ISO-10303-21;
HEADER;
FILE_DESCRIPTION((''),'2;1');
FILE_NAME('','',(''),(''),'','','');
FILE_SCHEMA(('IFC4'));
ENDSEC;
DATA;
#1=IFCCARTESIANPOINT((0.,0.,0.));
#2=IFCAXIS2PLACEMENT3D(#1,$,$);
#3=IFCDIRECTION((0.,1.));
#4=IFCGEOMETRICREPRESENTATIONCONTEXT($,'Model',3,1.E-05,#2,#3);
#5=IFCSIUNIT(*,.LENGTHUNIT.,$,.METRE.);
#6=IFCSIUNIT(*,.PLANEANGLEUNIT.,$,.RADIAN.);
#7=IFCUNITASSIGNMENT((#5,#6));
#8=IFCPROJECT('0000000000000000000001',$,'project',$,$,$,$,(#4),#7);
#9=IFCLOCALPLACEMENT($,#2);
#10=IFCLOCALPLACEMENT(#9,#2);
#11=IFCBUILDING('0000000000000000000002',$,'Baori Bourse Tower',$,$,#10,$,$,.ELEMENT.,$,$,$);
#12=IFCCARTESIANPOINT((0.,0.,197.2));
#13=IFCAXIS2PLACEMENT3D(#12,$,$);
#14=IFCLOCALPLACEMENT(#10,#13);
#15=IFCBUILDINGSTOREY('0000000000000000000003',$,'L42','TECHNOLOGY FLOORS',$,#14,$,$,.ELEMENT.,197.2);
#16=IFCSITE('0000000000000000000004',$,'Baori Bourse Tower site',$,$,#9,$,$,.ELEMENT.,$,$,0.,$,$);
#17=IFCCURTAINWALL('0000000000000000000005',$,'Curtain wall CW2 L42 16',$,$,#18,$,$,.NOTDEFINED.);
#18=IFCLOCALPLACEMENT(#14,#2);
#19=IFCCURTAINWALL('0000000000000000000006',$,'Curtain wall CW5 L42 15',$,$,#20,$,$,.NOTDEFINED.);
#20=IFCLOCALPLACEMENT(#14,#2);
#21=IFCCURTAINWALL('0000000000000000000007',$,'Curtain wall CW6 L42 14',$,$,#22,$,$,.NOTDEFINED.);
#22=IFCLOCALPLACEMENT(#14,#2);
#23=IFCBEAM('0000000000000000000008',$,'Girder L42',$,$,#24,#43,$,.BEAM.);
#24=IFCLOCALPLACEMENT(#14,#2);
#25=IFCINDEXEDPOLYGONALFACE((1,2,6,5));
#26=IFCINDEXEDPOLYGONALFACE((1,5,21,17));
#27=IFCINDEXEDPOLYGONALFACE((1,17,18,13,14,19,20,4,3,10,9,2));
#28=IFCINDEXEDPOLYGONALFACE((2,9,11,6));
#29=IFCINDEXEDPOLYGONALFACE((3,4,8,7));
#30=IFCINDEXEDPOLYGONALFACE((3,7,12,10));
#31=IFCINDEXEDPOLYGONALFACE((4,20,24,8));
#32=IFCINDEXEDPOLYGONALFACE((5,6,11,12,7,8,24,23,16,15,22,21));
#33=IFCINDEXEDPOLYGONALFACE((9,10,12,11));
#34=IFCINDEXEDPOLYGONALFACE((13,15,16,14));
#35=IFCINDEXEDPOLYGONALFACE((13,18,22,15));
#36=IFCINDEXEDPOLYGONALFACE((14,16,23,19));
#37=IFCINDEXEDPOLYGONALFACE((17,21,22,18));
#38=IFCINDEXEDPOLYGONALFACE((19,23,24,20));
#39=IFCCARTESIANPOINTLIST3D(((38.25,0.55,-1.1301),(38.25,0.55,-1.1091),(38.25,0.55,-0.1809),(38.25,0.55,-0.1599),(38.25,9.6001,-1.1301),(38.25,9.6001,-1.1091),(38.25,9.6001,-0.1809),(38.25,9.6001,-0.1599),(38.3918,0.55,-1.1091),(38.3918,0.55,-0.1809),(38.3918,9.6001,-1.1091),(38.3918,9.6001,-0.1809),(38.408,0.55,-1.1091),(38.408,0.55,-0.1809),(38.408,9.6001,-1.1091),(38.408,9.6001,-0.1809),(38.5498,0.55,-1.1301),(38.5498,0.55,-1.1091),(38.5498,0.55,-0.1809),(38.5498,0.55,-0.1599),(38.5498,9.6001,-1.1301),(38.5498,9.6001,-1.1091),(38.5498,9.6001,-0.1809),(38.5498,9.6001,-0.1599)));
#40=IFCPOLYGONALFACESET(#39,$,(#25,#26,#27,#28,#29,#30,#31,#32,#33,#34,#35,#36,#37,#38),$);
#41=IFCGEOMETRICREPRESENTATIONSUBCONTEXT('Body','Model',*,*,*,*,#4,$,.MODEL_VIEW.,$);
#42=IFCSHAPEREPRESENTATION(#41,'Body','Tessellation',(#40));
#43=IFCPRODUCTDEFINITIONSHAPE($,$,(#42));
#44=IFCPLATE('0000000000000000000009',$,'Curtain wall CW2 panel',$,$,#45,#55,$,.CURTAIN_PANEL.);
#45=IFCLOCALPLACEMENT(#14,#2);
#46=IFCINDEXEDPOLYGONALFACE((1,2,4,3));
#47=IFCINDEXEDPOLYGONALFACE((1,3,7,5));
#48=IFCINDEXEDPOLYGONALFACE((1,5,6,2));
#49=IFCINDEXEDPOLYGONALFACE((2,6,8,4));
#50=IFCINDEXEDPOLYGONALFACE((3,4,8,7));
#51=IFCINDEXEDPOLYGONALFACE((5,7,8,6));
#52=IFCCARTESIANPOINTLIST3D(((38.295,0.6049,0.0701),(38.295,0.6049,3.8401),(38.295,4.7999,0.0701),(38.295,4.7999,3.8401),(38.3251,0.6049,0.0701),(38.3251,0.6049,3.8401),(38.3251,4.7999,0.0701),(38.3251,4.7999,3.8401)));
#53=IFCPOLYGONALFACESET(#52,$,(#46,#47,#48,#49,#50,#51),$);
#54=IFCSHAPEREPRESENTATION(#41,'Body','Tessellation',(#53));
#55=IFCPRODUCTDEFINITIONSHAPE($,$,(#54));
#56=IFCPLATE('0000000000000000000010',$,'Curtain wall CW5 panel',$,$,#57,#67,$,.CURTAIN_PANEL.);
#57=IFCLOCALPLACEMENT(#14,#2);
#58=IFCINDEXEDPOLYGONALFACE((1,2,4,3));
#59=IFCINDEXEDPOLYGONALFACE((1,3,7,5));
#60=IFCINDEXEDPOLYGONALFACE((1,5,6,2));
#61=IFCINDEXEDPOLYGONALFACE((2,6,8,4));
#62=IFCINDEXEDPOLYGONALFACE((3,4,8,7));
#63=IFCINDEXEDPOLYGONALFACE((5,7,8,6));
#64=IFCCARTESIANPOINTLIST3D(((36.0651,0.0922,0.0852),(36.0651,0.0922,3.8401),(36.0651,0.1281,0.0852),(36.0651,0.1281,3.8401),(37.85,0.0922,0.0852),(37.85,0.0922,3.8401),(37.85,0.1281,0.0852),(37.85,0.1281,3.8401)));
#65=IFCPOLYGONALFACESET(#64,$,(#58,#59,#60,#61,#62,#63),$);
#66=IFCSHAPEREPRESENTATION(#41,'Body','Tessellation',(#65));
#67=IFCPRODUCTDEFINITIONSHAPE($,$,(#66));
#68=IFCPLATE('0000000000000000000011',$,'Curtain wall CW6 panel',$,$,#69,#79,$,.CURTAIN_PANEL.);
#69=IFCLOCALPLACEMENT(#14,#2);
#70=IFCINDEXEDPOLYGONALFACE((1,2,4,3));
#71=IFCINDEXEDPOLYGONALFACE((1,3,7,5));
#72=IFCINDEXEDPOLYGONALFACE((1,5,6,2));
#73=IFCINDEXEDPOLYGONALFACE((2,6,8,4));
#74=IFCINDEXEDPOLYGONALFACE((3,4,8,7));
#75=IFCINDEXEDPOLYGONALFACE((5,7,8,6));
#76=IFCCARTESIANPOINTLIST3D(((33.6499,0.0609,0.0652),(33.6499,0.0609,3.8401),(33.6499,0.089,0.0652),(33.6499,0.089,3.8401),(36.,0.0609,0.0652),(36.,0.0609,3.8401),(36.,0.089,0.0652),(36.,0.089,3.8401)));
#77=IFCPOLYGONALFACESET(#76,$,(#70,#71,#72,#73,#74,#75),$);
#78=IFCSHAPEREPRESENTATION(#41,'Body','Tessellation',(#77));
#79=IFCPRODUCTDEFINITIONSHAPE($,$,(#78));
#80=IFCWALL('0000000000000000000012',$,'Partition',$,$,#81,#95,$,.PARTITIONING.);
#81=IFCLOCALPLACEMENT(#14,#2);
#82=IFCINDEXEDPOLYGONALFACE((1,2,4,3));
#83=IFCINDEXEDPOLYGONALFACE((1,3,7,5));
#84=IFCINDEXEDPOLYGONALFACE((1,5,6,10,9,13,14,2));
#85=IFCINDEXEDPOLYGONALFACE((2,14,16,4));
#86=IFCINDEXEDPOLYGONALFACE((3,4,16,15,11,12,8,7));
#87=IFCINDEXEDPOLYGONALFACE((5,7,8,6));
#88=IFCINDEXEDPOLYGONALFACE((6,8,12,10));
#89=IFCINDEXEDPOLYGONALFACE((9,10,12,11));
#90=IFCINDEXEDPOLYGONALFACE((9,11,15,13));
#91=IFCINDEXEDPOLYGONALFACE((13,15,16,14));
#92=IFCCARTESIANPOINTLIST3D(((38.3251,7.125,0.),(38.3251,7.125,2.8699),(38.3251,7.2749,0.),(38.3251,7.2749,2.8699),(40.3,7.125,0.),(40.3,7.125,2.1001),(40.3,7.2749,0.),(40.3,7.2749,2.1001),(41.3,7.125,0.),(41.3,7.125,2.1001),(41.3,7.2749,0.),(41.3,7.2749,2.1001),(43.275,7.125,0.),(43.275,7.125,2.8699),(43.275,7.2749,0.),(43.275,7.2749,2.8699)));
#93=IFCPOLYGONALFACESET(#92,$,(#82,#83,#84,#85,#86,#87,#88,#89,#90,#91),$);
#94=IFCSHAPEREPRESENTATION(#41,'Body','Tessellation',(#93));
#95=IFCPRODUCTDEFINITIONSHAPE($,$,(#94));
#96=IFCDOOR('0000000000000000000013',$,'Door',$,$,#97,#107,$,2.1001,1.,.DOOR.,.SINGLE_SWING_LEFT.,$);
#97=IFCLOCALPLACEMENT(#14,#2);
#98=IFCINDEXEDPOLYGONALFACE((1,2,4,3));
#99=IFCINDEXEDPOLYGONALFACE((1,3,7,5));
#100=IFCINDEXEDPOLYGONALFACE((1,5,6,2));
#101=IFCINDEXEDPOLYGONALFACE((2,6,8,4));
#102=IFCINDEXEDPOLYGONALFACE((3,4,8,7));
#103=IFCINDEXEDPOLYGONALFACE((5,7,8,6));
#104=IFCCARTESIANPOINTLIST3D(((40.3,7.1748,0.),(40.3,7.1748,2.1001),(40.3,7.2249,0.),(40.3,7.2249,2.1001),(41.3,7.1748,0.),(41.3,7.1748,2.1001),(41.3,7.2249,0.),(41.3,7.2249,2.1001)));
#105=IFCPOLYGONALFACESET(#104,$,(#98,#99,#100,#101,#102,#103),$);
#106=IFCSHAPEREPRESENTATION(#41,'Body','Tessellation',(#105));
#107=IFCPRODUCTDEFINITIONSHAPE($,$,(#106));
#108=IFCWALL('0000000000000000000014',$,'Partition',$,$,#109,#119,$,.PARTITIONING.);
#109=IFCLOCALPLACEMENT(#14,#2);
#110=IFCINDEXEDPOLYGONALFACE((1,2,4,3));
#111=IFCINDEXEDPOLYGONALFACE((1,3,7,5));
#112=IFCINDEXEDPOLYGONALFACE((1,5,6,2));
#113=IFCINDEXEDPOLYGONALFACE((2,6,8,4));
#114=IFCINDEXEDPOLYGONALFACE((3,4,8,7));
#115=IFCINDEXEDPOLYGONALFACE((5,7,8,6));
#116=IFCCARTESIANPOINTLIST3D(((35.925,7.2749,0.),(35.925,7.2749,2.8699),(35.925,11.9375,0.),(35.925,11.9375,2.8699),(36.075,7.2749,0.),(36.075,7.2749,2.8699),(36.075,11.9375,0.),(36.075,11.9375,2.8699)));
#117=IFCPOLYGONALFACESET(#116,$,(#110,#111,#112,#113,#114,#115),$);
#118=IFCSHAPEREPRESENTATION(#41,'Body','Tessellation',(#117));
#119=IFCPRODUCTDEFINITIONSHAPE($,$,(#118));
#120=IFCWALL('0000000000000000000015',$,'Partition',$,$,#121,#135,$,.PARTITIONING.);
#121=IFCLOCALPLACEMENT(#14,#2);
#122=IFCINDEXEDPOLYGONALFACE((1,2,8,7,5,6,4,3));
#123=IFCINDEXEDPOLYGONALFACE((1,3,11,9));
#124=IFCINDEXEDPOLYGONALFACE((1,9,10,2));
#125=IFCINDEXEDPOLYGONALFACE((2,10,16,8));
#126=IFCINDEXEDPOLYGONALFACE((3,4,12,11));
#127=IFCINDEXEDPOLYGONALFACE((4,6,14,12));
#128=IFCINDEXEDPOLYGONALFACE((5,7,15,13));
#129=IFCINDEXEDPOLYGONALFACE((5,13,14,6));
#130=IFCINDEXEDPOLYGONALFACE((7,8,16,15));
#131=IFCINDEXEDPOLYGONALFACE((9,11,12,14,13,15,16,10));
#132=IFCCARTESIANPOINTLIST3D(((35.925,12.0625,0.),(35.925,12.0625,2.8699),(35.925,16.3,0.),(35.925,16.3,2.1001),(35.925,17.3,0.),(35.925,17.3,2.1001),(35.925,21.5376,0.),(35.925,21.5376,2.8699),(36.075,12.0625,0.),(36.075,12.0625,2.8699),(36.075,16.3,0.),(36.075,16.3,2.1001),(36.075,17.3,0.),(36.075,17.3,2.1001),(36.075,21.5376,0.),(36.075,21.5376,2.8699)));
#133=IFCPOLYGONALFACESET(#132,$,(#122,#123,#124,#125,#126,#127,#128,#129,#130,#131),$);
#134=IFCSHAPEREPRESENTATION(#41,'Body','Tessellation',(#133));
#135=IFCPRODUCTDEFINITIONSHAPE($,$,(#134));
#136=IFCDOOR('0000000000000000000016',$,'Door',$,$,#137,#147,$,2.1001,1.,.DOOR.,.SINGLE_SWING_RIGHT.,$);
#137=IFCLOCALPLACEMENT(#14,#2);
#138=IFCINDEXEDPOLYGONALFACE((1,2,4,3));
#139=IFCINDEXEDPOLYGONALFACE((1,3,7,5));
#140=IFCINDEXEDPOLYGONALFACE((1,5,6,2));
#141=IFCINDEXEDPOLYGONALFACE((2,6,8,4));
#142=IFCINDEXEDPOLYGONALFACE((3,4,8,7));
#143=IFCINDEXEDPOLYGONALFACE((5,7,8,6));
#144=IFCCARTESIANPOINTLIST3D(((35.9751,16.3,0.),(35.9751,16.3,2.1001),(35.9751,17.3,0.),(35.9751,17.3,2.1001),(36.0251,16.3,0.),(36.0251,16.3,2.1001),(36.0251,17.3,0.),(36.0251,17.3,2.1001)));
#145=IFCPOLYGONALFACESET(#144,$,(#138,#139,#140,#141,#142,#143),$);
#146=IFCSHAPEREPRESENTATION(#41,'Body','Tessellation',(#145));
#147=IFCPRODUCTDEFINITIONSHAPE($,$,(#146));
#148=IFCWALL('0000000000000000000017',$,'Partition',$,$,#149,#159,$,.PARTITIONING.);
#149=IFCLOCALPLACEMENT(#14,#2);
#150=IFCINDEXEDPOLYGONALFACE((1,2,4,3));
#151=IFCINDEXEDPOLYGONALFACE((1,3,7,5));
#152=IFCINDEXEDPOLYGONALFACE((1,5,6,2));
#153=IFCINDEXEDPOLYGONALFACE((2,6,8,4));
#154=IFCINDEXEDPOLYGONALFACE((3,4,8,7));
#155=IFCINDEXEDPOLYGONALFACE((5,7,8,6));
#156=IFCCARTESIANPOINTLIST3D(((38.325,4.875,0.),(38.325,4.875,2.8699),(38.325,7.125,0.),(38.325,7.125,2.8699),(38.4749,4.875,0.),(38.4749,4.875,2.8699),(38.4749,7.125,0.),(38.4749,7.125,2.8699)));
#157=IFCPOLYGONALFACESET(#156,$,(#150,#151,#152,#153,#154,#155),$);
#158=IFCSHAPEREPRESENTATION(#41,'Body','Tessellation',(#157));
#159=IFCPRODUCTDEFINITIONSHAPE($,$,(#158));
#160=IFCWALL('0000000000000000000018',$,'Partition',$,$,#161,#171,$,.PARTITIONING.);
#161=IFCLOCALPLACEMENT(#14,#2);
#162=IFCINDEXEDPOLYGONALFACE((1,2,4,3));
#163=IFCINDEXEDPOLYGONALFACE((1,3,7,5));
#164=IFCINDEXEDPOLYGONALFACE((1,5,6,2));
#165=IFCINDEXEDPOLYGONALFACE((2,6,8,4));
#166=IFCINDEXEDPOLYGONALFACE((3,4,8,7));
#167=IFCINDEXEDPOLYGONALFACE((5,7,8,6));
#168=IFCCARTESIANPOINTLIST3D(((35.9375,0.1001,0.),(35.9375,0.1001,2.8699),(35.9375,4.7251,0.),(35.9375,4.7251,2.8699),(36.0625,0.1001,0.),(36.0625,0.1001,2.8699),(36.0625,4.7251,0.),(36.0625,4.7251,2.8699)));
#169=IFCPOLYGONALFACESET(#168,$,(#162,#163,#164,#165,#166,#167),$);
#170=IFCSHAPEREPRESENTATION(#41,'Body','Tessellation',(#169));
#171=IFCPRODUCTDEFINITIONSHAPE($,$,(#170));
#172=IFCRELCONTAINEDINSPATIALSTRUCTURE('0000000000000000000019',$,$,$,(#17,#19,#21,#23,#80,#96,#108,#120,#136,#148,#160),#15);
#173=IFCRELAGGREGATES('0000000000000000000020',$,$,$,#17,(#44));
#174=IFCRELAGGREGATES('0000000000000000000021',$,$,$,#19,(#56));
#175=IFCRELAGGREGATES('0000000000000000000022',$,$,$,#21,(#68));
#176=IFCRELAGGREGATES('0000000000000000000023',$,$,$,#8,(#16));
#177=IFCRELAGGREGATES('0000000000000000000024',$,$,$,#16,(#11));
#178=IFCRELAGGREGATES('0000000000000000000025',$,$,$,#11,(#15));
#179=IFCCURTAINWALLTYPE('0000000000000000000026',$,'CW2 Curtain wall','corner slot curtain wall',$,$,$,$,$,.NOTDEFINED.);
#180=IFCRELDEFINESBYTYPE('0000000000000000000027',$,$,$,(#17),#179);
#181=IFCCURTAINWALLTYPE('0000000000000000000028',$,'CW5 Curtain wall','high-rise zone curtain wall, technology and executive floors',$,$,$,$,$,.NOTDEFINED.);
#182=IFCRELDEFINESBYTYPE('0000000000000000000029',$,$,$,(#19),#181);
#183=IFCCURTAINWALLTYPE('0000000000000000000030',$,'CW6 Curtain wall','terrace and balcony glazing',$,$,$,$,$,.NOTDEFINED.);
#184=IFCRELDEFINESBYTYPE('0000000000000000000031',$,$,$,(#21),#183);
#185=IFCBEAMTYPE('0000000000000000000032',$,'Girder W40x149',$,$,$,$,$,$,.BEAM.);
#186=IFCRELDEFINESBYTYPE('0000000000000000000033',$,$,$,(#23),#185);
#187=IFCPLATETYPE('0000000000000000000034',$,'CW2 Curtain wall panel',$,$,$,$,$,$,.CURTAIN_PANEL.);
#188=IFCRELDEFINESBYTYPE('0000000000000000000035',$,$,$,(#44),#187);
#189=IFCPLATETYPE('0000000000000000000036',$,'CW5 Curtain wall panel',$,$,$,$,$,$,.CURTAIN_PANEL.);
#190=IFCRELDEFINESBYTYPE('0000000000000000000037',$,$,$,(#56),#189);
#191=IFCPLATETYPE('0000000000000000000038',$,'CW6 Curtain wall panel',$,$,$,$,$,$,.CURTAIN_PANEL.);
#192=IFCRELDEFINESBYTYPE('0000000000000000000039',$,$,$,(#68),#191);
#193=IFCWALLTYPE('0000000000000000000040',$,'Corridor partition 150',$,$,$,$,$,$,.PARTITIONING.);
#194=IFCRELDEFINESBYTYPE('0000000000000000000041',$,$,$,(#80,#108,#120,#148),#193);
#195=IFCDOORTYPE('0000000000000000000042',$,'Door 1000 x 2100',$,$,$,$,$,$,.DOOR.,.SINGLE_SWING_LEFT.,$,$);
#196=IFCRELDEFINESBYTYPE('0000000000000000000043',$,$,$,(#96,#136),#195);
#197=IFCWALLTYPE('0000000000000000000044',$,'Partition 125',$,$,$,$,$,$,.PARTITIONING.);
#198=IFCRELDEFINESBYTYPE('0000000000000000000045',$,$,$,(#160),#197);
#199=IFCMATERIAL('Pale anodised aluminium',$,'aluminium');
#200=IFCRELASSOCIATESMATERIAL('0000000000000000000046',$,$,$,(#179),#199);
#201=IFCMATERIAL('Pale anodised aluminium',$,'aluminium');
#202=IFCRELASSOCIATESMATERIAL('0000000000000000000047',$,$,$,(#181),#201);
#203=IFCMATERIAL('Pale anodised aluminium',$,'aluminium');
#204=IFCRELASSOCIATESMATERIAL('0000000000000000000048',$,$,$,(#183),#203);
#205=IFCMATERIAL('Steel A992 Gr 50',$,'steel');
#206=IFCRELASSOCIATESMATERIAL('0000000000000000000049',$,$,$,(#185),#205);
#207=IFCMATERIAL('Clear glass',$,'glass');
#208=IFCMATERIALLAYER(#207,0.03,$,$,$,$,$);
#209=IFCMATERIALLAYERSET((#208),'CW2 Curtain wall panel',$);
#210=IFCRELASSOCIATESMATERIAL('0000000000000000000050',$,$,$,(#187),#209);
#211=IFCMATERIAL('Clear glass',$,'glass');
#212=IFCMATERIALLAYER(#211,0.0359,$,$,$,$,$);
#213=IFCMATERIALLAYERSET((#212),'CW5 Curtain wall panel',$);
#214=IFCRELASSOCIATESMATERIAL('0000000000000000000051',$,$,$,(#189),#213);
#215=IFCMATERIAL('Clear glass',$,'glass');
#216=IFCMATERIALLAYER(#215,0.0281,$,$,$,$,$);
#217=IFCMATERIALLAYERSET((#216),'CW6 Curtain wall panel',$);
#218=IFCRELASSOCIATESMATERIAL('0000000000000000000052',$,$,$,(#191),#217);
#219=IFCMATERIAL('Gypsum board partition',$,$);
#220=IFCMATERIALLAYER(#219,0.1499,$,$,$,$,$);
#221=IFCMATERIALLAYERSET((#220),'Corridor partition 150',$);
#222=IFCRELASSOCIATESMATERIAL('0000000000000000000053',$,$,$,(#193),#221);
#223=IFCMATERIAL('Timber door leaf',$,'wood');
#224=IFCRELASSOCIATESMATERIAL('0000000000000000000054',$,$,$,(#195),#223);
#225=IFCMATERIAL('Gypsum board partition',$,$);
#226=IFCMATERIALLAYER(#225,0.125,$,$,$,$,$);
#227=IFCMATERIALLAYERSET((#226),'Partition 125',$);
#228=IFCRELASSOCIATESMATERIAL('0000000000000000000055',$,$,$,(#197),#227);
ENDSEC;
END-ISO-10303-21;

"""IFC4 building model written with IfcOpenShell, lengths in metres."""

from ifc_helpers import new_model, si_unit, direction, frame, frame_2d, origin, origin_2d, place, context, subcontext, project, spatial, rectangle, i_section, extrude, material, layer, layer_set, material_profile, profile_set, type_object, element, fill, aggregate, save


model = new_model("IFC4")

# Units and contexts
model_context = context("Model", 3, precision=1e-05, world=origin(), true_north=direction((0.0, 1.0)))
body_context = subcontext(model_context, "Body", "Model", "MODEL_VIEW")
ifc_project = project(units=[si_unit("LENGTHUNIT", "METRE"), si_unit("PLANEANGLEUNIT", "RADIAN")], contexts=[model_context])

# Site, building, storey
site_placement = place(None, origin())
site = spatial("IfcSite", under=ifc_project, at=site_placement, Name="Baori Bourse Tower site", CompositionType="ELEMENT", RefElevation=0.0)
building_placement = place(site_placement, origin())
building = spatial("IfcBuilding", under=site, at=building_placement, Name="Baori Bourse Tower", CompositionType="ELEMENT")
storey_placement = place(building_placement, frame((0.0, 0.0, 197.2)))
storey = spatial("IfcBuildingStorey", under=building, at=storey_placement, Name="L42", Description="TECHNOLOGY FLOORS", CompositionType="ELEMENT", Elevation=197.2)

# Curtain walls
ifc_material_1 = material(Name="Pale anodised aluminium", Category="aluminium")
curtain_wall_type_1 = type_object("IfcCurtainWallType", Name="CW2 Curtain wall", Description="corner slot curtain wall", PredefinedType="NOTDEFINED", material=ifc_material_1)
curtain_wall_1_placement = place(storey_placement, origin())
curtain_wall_1 = element("IfcCurtainWall", 1, at=curtain_wall_1_placement, inside=storey, type_object=curtain_wall_type_1, Name="Curtain wall CW2 L42 16", PredefinedType="NOTDEFINED")
ifc_material_2 = material(Name="Pale anodised aluminium", Category="aluminium")
curtain_wall_type_2 = type_object("IfcCurtainWallType", Name="CW5 Curtain wall", Description="high-rise zone curtain wall, technology and executive floors", PredefinedType="NOTDEFINED", material=ifc_material_2)
curtain_wall_2_placement = place(storey_placement, origin())
curtain_wall_2 = element("IfcCurtainWall", 2, at=curtain_wall_2_placement, inside=storey, type_object=curtain_wall_type_2, Name="Curtain wall CW5 L42 15", PredefinedType="NOTDEFINED")
ifc_material_3 = material(Name="Pale anodised aluminium", Category="aluminium")
curtain_wall_type_3 = type_object("IfcCurtainWallType", Name="CW6 Curtain wall", Description="terrace and balcony glazing", PredefinedType="NOTDEFINED", material=ifc_material_3)
curtain_wall_3_placement = place(storey_placement, origin())
curtain_wall_3 = element("IfcCurtainWall", 3, at=curtain_wall_3_placement, inside=storey, type_object=curtain_wall_type_3, Name="Curtain wall CW6 L42 14", PredefinedType="NOTDEFINED")

# Beam
ifc_material_4 = material(Name="Steel A992 Gr 50", Category="steel")
ifc_material_profile_1 = material_profile(ifc_material_4, i_section(OverallWidth=0.2998, OverallDepth=0.9702, WebThickness=0.0161, FlangeThickness=0.021, at=origin_2d()), Name="W40x149")
ifc_profile_set_1 = profile_set([ifc_material_profile_1], Name="Steel A992 Gr 50")
beam_type_1 = type_object("IfcBeamType", Name="Girder W40x149", PredefinedType="BEAM", material=ifc_profile_set_1)
beam_1_placement = place(storey_placement, frame((38.3999, 0.55, -0.645), z_axis=(0.0, 1.0, 0.0), x_axis=(-1.0, 0.0, 0.0)))
element("IfcBeam", 4, at=beam_1_placement, inside=storey, type_object=beam_type_1, Name="Girder L42", PredefinedType="BEAM", context=body_context, shape_type="SweptSolid", body=[
    extrude(i_section(OverallWidth=0.2998, OverallDepth=0.9702, WebThickness=0.0161, FlangeThickness=0.021, at=origin_2d()), origin(), (0.0, 0.0, 1.0), 9.05),
])

# Plates
ifc_material_5 = material(Name="Clear glass", Category="glass")
ifc_layer_1 = layer(ifc_material_5, 0.03)
ifc_layer_set_1 = layer_set([ifc_layer_1], Name="CW2 Curtain wall panel")
plate_type_1 = type_object("IfcPlateType", Name="CW2 Curtain wall panel", PredefinedType="CURTAIN_PANEL", material=ifc_layer_set_1)
plate_1_placement = place(storey_placement, frame((38.3101, 2.7024, 0.0701), z_axis=(0.0, 0.0, 1.0), x_axis=(0.0, 1.0, 0.0)))
plate_1 = element("IfcPlate", 5, at=plate_1_placement, type_object=plate_type_1, Name="Curtain wall CW2 panel", PredefinedType="CURTAIN_PANEL", context=body_context, shape_type="SweptSolid", body=[
    extrude(rectangle(XDim=4.1951, YDim=0.03, at=origin_2d()), origin(), (0.0, 0.0, 1.0), 3.77),
])
aggregate(curtain_wall_1, [plate_1])
ifc_material_6 = material(Name="Clear glass", Category="glass")
ifc_layer_2 = layer(ifc_material_6, 0.0359)
ifc_layer_set_2 = layer_set([ifc_layer_2], Name="CW5 Curtain wall panel")
plate_type_2 = type_object("IfcPlateType", Name="CW5 Curtain wall panel", PredefinedType="CURTAIN_PANEL", material=ifc_layer_set_2)
plate_2_placement = place(storey_placement, frame((36.9575, 0.1101, 0.0852), z_axis=(0.0, 0.0, 1.0), x_axis=(1.0, 0.0, 0.0)))
plate_2 = element("IfcPlate", 6, at=plate_2_placement, type_object=plate_type_2, Name="Curtain wall CW5 panel", PredefinedType="CURTAIN_PANEL", context=body_context, shape_type="SweptSolid", body=[
    extrude(rectangle(XDim=1.7849, YDim=0.0359, at=origin_2d()), origin(), (0.0, 0.0, 1.0), 3.7549),
])
aggregate(curtain_wall_2, [plate_2])
ifc_material_7 = material(Name="Clear glass", Category="glass")
ifc_layer_3 = layer(ifc_material_7, 0.0281)
ifc_layer_set_3 = layer_set([ifc_layer_3], Name="CW6 Curtain wall panel")
plate_type_3 = type_object("IfcPlateType", Name="CW6 Curtain wall panel", PredefinedType="CURTAIN_PANEL", material=ifc_layer_set_3)
plate_3_placement = place(storey_placement, frame((34.825, 0.075, 0.0652), z_axis=(0.0, 0.0, 1.0), x_axis=(1.0, 0.0, 0.0)))
plate_3 = element("IfcPlate", 7, at=plate_3_placement, type_object=plate_type_3, Name="Curtain wall CW6 panel", PredefinedType="CURTAIN_PANEL", context=body_context, shape_type="SweptSolid", body=[
    extrude(rectangle(XDim=2.3501, YDim=0.0281, at=origin_2d()), origin(), (0.0, 0.0, 1.0), 3.7749),
])
aggregate(curtain_wall_3, [plate_3])

# Wall, opening, door
ifc_material_8 = material(Name="Gypsum board partition")
ifc_layer_4 = layer(ifc_material_8, 0.1499)
ifc_layer_set_4 = layer_set([ifc_layer_4], Name="Corridor partition 150")
wall_type_1 = type_object("IfcWallType", Name="Corridor partition 150", PredefinedType="PARTITIONING", material=ifc_layer_set_4)
wall_1_placement = place(storey_placement, frame((38.325, 7.2, 0.0), z_axis=(0.0, 0.0, 1.0), x_axis=(1.0, 0.0, 0.0)))
wall_1 = element("IfcWall", 8, at=wall_1_placement, inside=storey, type_object=wall_type_1, Name="Partition", PredefinedType="PARTITIONING", context=body_context, shape_type="SweptSolid", body=[
    extrude(rectangle(XDim=4.95, YDim=0.1499, at=frame_2d((2.4751, 0.0))), origin(), (0.0, 0.0, 1.0), 2.8699),
])
opening_1_placement = place(wall_1_placement, frame((1.9751, 0.0, 0.0)))
opening_1 = element("IfcOpeningElement", 9, at=opening_1_placement, cuts=wall_1, PredefinedType="OPENING", context=body_context, shape_type="SweptSolid", body=[
    extrude(rectangle(XDim=1.0, YDim=2.1001, at=frame_2d((0.5, 1.05))), frame((0.0, 0.085, 0.0), z_axis=(0.0, -1.0, 0.0), x_axis=(1.0, 0.0, 0.0)), (0.0, 0.0, 1.0), 0.1699),
])
ifc_material_9 = material(Name="Timber door leaf", Category="wood")
door_type = type_object("IfcDoorType", Name="Door 1000 x 2100", OperationType="SINGLE_SWING_LEFT", PredefinedType="DOOR", material=ifc_material_9)
door_1_placement = place(opening_1_placement, origin())
door_1 = element("IfcDoor", 10, at=door_1_placement, inside=storey, type_object=door_type, Name="Door", OperationType="SINGLE_SWING_LEFT", OverallHeight=2.1001, OverallWidth=1.0, PredefinedType="DOOR", context=body_context, shape_type="SweptSolid", body=[
    extrude(rectangle(XDim=1.0, YDim=2.1001, at=frame_2d((0.5, 1.05))), frame((0.0, 0.0249, 0.0), z_axis=(0.0, -1.0, 0.0), x_axis=(1.0, 0.0, 0.0)), (0.0, 0.0, 1.0), 0.05),
])
fill(opening_1, door_1)

# Wall
wall_2_placement = place(storey_placement, frame((36.0, 7.2749, 0.0), z_axis=(0.0, 0.0, 1.0), x_axis=(0.0, 1.0, 0.0)))
element("IfcWall", 11, at=wall_2_placement, inside=storey, type_object=wall_type_1, Name="Partition", PredefinedType="PARTITIONING", context=body_context, shape_type="SweptSolid", body=[
    extrude(rectangle(XDim=4.6626, YDim=0.1499, at=frame_2d((2.3313, 0.0))), origin(), (0.0, 0.0, 1.0), 2.8699),
])

# Wall, opening, door
wall_3_placement = place(storey_placement, frame((36.0, 12.0625, 0.0), z_axis=(0.0, 0.0, 1.0), x_axis=(0.0, 1.0, 0.0)))
wall_3 = element("IfcWall", 12, at=wall_3_placement, inside=storey, type_object=wall_type_1, Name="Partition", PredefinedType="PARTITIONING", context=body_context, shape_type="SweptSolid", body=[
    extrude(rectangle(XDim=9.4751, YDim=0.1499, at=frame_2d((4.7375, 0.0))), origin(), (0.0, 0.0, 1.0), 2.8699),
])
opening_2_placement = place(wall_3_placement, frame((4.2375, 0.0, 0.0)))
opening_2 = element("IfcOpeningElement", 13, at=opening_2_placement, cuts=wall_3, PredefinedType="OPENING", context=body_context, shape_type="SweptSolid", body=[
    extrude(rectangle(XDim=1.0, YDim=2.1001, at=frame_2d((0.5, 1.05))), frame((0.0, 0.085, 0.0), z_axis=(0.0, -1.0, 0.0), x_axis=(1.0, 0.0, 0.0)), (0.0, 0.0, 1.0), 0.1699),
])
door_2_placement = place(opening_2_placement, origin())
door_2 = element("IfcDoor", 14, at=door_2_placement, inside=storey, type_object=door_type, Name="Door", OperationType="SINGLE_SWING_RIGHT", OverallHeight=2.1001, OverallWidth=1.0, PredefinedType="DOOR", context=body_context, shape_type="SweptSolid", body=[
    extrude(rectangle(XDim=1.0, YDim=2.1001, at=frame_2d((0.5, 1.05))), frame((0.0, 0.0249, 0.0), z_axis=(0.0, -1.0, 0.0), x_axis=(1.0, 0.0, 0.0)), (0.0, 0.0, 1.0), 0.05),
])
fill(opening_2, door_2)

# Walls
wall_4_placement = place(storey_placement, frame((38.3999, 4.875, 0.0), z_axis=(0.0, 0.0, 1.0), x_axis=(0.0, 1.0, 0.0)))
element("IfcWall", 15, at=wall_4_placement, inside=storey, type_object=wall_type_1, Name="Partition", PredefinedType="PARTITIONING", context=body_context, shape_type="SweptSolid", body=[
    extrude(rectangle(XDim=2.25, YDim=0.1499, at=frame_2d((1.125, 0.0))), origin(), (0.0, 0.0, 1.0), 2.8699),
])
ifc_material_10 = material(Name="Gypsum board partition")
ifc_layer_5 = layer(ifc_material_10, 0.125)
ifc_layer_set_5 = layer_set([ifc_layer_5], Name="Partition 125")
wall_type_2 = type_object("IfcWallType", Name="Partition 125", PredefinedType="PARTITIONING", material=ifc_layer_set_5)
wall_5_placement = place(storey_placement, frame((36.0, 0.1001, 0.0), z_axis=(0.0, 0.0, 1.0), x_axis=(0.0, 1.0, 0.0)))
element("IfcWall", 16, at=wall_5_placement, inside=storey, type_object=wall_type_2, Name="Partition", PredefinedType="PARTITIONING", context=body_context, shape_type="SweptSolid", body=[
    extrude(rectangle(XDim=4.625, YDim=0.125, at=frame_2d((2.3125, 0.0))), origin(), (0.0, 0.0, 1.0), 2.8699),
])

save(model, "model.ifc")
